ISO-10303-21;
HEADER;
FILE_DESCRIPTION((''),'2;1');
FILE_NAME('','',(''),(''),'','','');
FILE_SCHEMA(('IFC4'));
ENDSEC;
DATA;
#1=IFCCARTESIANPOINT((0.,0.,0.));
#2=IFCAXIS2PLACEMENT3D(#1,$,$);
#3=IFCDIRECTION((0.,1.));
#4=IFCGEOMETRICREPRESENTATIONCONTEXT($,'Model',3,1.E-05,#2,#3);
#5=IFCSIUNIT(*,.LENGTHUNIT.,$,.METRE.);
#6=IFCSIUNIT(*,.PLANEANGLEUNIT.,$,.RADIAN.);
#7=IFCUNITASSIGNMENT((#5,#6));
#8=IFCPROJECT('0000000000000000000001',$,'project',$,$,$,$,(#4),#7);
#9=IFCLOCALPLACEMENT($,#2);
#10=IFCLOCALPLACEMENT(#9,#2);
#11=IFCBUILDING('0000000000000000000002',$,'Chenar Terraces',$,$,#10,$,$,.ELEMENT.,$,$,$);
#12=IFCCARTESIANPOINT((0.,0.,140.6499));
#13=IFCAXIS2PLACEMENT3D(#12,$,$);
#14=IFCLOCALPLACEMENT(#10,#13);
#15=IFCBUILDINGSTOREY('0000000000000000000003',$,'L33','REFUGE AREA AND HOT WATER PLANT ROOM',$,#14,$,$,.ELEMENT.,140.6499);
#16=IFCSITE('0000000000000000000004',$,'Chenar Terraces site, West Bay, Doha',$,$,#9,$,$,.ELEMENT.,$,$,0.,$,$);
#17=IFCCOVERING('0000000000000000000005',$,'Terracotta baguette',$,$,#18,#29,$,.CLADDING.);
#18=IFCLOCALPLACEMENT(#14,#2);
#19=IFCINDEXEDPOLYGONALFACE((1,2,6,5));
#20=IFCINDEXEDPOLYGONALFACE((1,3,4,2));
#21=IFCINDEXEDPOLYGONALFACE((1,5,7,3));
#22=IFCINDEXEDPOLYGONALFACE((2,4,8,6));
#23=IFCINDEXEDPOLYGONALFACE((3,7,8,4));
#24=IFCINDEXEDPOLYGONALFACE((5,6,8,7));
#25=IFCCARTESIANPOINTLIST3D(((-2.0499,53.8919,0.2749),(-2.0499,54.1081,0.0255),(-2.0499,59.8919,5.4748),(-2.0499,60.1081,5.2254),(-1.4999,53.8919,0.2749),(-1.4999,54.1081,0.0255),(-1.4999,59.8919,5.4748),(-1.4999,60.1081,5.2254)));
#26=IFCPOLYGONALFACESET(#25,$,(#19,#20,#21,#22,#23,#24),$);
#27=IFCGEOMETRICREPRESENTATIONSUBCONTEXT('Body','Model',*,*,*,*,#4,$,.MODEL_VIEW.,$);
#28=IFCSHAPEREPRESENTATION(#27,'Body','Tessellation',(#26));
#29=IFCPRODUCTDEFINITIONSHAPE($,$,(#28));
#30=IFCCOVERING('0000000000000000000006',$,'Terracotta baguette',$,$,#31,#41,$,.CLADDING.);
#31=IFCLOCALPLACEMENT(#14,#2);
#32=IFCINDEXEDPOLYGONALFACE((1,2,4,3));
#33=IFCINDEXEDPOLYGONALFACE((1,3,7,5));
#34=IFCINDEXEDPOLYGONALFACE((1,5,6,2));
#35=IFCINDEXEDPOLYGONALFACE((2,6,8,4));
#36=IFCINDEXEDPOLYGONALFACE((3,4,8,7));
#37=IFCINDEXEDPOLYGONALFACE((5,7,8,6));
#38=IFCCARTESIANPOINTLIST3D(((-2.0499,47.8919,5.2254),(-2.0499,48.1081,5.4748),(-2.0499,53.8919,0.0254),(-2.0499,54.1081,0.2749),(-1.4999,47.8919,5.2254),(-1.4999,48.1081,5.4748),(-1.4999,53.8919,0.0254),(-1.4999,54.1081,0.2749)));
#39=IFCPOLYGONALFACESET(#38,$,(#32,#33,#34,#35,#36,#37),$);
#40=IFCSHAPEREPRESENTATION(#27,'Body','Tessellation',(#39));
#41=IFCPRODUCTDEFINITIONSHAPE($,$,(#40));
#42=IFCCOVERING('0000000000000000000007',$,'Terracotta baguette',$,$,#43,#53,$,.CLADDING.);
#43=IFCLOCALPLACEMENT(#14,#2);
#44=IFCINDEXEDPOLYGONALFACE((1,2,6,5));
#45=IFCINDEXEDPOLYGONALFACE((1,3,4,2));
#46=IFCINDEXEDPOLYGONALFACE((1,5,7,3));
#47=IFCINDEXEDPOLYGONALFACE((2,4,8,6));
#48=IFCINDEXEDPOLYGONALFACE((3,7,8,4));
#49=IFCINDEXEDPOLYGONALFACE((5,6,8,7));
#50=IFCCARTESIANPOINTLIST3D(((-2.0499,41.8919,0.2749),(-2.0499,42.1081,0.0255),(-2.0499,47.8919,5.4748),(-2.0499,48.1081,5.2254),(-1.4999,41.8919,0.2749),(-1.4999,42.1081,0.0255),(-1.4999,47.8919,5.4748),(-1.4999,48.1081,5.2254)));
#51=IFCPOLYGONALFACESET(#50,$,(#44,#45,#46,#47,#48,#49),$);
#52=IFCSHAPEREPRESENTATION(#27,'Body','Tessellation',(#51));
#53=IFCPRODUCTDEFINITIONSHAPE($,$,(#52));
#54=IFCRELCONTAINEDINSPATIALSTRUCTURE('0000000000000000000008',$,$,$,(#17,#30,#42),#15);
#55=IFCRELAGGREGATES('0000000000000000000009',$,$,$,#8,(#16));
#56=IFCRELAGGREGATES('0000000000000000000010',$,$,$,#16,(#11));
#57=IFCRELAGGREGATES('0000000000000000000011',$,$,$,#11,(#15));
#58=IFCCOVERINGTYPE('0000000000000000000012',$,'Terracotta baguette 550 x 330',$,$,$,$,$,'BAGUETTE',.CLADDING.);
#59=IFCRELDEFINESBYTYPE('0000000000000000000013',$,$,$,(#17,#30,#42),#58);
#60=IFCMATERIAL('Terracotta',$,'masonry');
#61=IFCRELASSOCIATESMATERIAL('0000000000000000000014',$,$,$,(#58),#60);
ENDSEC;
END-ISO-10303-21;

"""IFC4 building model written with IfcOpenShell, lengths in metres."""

from ifc_helpers import new_model, si_unit, direction, frame, origin, origin_2d, place, context, subcontext, project, spatial, rectangle, extrude, material, material_profile, profile_set, type_object, element, save


model = new_model("IFC4")

# Units and contexts
model_context = context("Model", 3, precision=1e-05, world=origin(), true_north=direction((0.0, 1.0)))
body_context = subcontext(model_context, "Body", "Model", "MODEL_VIEW")
ifc_project = project(units=[si_unit("LENGTHUNIT", "METRE"), si_unit("PLANEANGLEUNIT", "RADIAN")], contexts=[model_context])

# Site, building, storey
site_placement = place(None, origin())
site = spatial("IfcSite", under=ifc_project, at=site_placement, Name="Chenar Terraces site, West Bay, Doha", CompositionType="ELEMENT", RefElevation=0.0)
building_placement = place(site_placement, origin())
building = spatial("IfcBuilding", under=site, at=building_placement, Name="Chenar Terraces", CompositionType="ELEMENT")
storey_placement = place(building_placement, frame((0.0, 0.0, 140.6499)))
storey = spatial("IfcBuildingStorey", under=building, at=storey_placement, Name="L33", Description="REFUGE AREA AND HOT WATER PLANT ROOM", CompositionType="ELEMENT", Elevation=140.6499)

# Coverings
ifc_material_1 = material(Name="Terracotta", Category="masonry")
ifc_material_profile_1 = material_profile(ifc_material_1, rectangle(XDim=0.55, YDim=0.3301, at=origin_2d()), Name="Terracotta baguette 550 x 330")
ifc_profile_set_1 = profile_set([ifc_material_profile_1], Name="Terracotta")
covering_type = type_object("IfcCoveringType", Name="Terracotta baguette 550 x 330", ElementType="BAGUETTE", PredefinedType="CLADDING", material=ifc_profile_set_1)
for number, where, z_axis, x_axis, name in (
    (1, (-1.7749, 60.0, 5.3501), (0.0, -0.755692, -0.654927), (1.0, 0.0, 0.0), "Terracotta baguette"),
    (2, (-1.7749, 54.0, 0.1501), (0.0, -0.755692, 0.654927), (1.0, 0.0, 0.0), "Terracotta baguette"),
    (3, (-1.7749, 48.0, 5.3501), (0.0, -0.755692, -0.654927), (1.0, 0.0, 0.0), "Terracotta baguette"),
):
    element("IfcCovering", number, at=place(storey_placement, frame(where, z_axis=z_axis, x_axis=x_axis)), inside=storey, type_object=covering_type, Name=name, PredefinedType="CLADDING", context=body_context, shape_type="SweptSolid", body=[
        extrude(rectangle(XDim=0.55, YDim=0.3301, at=origin_2d()), origin(), (0.0, 0.0, 1.0), 7.9397),
    ])

save(model, "model.ifc")
